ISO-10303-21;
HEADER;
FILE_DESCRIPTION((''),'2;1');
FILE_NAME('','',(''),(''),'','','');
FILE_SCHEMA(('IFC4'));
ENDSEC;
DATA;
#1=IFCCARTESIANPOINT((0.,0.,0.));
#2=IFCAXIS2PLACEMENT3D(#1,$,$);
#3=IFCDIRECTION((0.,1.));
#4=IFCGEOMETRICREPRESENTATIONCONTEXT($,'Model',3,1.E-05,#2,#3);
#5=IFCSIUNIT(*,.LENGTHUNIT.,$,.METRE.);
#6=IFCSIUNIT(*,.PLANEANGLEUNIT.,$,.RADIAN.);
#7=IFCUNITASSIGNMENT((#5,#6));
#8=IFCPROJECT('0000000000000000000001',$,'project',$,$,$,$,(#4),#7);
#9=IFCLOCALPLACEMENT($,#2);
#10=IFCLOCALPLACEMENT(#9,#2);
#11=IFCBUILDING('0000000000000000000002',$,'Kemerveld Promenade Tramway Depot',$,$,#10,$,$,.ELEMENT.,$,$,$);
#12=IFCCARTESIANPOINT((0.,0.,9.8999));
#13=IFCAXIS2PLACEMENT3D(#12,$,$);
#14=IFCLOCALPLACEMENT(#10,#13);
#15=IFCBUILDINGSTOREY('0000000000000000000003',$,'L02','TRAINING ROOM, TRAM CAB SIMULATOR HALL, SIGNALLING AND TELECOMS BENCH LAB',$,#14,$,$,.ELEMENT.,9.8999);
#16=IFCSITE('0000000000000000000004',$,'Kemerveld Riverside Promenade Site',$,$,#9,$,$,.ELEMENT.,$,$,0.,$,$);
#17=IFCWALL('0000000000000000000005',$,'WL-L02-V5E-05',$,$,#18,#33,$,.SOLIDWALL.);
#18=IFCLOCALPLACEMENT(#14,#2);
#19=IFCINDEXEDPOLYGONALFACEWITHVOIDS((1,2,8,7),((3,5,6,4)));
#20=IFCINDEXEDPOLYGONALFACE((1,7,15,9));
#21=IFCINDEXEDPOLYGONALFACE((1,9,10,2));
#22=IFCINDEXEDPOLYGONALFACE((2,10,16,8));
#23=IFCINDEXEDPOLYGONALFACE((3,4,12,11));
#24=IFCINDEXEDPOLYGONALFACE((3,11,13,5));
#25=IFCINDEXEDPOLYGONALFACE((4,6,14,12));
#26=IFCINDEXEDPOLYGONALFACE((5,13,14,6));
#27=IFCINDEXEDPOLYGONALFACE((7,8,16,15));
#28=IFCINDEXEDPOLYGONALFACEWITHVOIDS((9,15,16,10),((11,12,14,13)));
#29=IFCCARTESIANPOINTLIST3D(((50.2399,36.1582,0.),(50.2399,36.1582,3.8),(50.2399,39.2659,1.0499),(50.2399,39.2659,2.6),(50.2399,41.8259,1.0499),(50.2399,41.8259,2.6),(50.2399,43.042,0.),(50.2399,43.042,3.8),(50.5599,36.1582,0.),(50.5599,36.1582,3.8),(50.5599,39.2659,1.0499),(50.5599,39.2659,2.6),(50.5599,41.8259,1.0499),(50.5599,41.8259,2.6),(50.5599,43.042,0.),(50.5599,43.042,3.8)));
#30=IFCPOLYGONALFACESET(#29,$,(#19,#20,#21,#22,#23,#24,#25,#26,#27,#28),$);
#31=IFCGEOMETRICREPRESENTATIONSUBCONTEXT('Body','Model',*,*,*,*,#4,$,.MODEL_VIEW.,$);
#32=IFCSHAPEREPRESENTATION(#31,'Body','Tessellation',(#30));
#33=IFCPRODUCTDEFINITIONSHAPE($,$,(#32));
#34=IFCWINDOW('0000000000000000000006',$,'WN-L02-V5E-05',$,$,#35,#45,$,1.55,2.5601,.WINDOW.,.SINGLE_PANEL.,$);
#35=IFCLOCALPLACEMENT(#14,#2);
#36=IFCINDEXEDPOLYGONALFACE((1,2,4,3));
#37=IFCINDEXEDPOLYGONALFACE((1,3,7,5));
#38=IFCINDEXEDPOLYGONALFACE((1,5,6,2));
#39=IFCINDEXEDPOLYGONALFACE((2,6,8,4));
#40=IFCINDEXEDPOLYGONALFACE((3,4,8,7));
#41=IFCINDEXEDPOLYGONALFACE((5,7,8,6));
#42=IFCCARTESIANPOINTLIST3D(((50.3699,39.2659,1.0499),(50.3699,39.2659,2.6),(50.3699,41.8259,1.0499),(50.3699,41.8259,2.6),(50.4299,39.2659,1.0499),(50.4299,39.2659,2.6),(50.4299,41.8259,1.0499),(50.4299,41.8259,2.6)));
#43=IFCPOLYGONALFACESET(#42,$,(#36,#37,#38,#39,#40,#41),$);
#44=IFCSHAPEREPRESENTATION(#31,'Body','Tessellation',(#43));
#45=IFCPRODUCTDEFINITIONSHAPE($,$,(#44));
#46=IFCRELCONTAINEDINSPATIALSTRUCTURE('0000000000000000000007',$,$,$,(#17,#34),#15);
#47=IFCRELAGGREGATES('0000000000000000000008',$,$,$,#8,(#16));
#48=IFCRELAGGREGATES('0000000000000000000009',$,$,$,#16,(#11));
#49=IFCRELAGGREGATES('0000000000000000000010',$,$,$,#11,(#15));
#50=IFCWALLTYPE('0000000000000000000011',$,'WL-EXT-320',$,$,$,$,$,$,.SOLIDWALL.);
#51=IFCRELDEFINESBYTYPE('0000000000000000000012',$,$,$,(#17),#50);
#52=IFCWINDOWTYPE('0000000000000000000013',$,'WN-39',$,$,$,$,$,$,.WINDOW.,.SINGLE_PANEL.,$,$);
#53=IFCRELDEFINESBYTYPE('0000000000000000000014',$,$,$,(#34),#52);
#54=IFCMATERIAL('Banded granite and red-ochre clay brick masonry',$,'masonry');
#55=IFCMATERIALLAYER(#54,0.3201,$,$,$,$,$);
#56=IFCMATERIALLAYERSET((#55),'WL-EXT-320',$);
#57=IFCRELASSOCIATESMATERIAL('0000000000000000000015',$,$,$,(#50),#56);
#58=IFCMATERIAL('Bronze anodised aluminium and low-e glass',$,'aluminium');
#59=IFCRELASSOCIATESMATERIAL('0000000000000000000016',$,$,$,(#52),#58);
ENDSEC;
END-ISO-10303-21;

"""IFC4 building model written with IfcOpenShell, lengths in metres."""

from ifc_helpers import new_model, si_unit, direction, frame, frame_2d, origin, place, context, subcontext, project, spatial, rectangle, extrude, material, layer, layer_set, type_object, element, fill, save


model = new_model("IFC4")

# Units and contexts
model_context = context("Model", 3, precision=1e-05, world=origin(), true_north=direction((0.0, 1.0)))
body_context = subcontext(model_context, "Body", "Model", "MODEL_VIEW")
ifc_project = project(units=[si_unit("LENGTHUNIT", "METRE"), si_unit("PLANEANGLEUNIT", "RADIAN")], contexts=[model_context])

# Site, building, storey
site_placement = place(None, origin())
site = spatial("IfcSite", under=ifc_project, at=site_placement, Name="Kemerveld Riverside Promenade Site", CompositionType="ELEMENT", RefElevation=0.0)
building_placement = place(site_placement, origin())
building = spatial("IfcBuilding", under=site, at=building_placement, Name="Kemerveld Promenade Tramway Depot", CompositionType="ELEMENT")
storey_placement = place(building_placement, frame((0.0, 0.0, 9.8999)))
storey = spatial("IfcBuildingStorey", under=building, at=storey_placement, Name="L02", Description="TRAINING ROOM, TRAM CAB SIMULATOR HALL, SIGNALLING AND TELECOMS BENCH LAB", CompositionType="ELEMENT", Elevation=9.8999)

# Wall, opening, window
ifc_material_1 = material(Name="Banded granite and red-ochre clay brick masonry", Category="masonry")
ifc_layer_1 = layer(ifc_material_1, 0.3201)
ifc_layer_set_1 = layer_set([ifc_layer_1], Name="WL-EXT-320")
wall_type = type_object("IfcWallType", Name="WL-EXT-320", PredefinedType="SOLIDWALL", material=ifc_layer_set_1)
wall_placement = place(storey_placement, frame((50.3999, 43.042, 0.0), z_axis=(0.0, 0.0, 1.0), x_axis=(0.0, -1.0, 0.0)))
wall = element("IfcWall", 1, at=wall_placement, inside=storey, type_object=wall_type, Name="WL-L02-V5E-05", PredefinedType="SOLIDWALL", context=body_context, shape_type="SweptSolid", body=[
    extrude(rectangle(XDim=6.8838, YDim=0.3201, at=frame_2d((3.4419, 0.0))), origin(), (0.0, 0.0, 1.0), 3.8),
])
opening_placement = place(wall_placement, frame((1.2161, 0.0, 1.05)))
opening = element("IfcOpeningElement", 2, at=opening_placement, cuts=wall, PredefinedType="OPENING", context=body_context, shape_type="SweptSolid", body=[
    extrude(rectangle(XDim=2.5601, YDim=1.55, at=frame_2d((1.28, 0.7749))), frame((0.0, 0.1699, 0.0), z_axis=(0.0, -1.0, 0.0), x_axis=(1.0, 0.0, 0.0)), (0.0, 0.0, 1.0), 0.3401),
])
ifc_material_2 = material(Name="Bronze anodised aluminium and low-e glass", Category="aluminium")
window_type = type_object("IfcWindowType", Name="WN-39", PartitioningType="SINGLE_PANEL", PredefinedType="WINDOW", material=ifc_material_2)
window_placement = place(opening_placement, origin())
window = element("IfcWindow", 3, at=window_placement, inside=storey, type_object=window_type, Name="WN-L02-V5E-05", OverallHeight=1.55, OverallWidth=2.5601, PartitioningType="SINGLE_PANEL", PredefinedType="WINDOW", context=body_context, shape_type="SweptSolid", body=[
    extrude(rectangle(XDim=2.5601, YDim=1.55, at=frame_2d((1.28, 0.7749))), frame((0.0, 0.03, 0.0), z_axis=(0.0, -1.0, 0.0), x_axis=(1.0, 0.0, 0.0)), (0.0, 0.0, 1.0), 0.0601),
])
fill(opening, window)

save(model, "model.ifc")
